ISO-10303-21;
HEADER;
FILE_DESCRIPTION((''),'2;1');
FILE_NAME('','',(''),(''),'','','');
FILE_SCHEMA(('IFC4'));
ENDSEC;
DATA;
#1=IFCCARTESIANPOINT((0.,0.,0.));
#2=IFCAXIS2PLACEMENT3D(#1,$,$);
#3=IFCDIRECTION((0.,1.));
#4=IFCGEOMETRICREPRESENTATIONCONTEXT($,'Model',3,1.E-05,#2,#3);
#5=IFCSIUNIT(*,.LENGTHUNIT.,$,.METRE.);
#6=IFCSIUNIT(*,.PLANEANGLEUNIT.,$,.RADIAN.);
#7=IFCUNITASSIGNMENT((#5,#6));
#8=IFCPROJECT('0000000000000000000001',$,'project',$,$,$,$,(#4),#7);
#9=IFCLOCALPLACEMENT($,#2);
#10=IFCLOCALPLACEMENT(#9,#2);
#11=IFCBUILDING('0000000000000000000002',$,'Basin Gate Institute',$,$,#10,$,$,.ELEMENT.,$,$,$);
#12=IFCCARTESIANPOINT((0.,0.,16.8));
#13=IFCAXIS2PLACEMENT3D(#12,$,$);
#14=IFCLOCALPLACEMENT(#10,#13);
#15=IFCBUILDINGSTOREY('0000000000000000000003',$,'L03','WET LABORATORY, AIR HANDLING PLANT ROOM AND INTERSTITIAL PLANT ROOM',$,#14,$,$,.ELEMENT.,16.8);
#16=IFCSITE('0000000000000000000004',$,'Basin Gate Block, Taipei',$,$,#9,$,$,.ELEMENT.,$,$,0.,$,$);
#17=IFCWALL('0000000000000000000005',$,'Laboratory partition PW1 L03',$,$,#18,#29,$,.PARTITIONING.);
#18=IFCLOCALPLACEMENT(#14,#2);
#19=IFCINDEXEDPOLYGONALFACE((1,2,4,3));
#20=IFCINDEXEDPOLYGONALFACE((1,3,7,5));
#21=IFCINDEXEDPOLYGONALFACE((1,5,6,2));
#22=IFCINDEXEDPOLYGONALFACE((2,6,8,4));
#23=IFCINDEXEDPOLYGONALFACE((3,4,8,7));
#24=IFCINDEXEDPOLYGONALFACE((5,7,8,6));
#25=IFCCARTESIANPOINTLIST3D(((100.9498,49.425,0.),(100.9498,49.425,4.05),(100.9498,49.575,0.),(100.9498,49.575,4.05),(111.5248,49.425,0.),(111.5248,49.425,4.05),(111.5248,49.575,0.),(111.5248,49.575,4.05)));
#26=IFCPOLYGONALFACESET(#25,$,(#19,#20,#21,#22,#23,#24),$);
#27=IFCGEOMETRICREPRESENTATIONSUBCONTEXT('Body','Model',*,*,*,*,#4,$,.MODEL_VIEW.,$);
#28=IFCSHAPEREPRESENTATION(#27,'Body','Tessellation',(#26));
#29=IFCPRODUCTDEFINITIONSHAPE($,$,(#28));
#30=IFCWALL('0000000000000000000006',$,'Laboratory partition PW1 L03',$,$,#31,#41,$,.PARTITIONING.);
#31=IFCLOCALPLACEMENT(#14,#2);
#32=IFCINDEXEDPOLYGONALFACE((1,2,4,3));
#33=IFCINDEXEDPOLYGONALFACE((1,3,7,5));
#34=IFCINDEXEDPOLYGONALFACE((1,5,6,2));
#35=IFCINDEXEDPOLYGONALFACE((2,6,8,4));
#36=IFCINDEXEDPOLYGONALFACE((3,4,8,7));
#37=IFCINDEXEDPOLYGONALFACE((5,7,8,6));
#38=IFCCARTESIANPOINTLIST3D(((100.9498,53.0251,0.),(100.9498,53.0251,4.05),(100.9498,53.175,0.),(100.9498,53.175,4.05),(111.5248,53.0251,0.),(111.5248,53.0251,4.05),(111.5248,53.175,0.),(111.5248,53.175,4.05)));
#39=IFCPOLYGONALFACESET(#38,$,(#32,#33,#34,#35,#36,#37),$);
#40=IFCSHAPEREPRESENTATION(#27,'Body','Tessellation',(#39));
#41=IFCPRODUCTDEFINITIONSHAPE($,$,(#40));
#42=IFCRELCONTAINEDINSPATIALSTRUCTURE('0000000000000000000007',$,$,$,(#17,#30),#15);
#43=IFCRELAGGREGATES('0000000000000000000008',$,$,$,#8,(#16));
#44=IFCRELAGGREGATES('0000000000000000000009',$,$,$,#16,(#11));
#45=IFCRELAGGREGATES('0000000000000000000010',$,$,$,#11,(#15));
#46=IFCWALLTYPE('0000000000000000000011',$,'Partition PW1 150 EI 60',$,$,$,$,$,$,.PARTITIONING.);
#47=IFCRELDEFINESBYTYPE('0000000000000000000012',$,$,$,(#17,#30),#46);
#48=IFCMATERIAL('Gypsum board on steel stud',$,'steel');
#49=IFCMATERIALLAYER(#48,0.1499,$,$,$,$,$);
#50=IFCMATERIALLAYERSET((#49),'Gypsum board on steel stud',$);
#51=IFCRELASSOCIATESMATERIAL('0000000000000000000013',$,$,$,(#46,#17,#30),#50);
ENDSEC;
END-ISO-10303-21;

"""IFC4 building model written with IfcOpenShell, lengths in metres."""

from ifc_helpers import new_model, si_unit, direction, frame, frame_2d, origin, place, context, subcontext, project, spatial, rectangle, extrude, material, layer, layer_set, type_object, element, save


model = new_model("IFC4")

# Units and contexts
model_context = context("Model", 3, precision=1e-05, world=origin(), true_north=direction((0.0, 1.0)))
body_context = subcontext(model_context, "Body", "Model", "MODEL_VIEW")
ifc_project = project(units=[si_unit("LENGTHUNIT", "METRE"), si_unit("PLANEANGLEUNIT", "RADIAN")], contexts=[model_context])

# Site, building, storey
site_placement = place(None, origin())
site = spatial("IfcSite", under=ifc_project, at=site_placement, Name="Basin Gate Block, Taipei", CompositionType="ELEMENT", RefElevation=0.0)
building_placement = place(site_placement, origin())
building = spatial("IfcBuilding", under=site, at=building_placement, Name="Basin Gate Institute", CompositionType="ELEMENT")
storey_placement = place(building_placement, frame((0.0, 0.0, 16.8)))
storey = spatial("IfcBuildingStorey", under=building, at=storey_placement, Name="L03", Description="WET LABORATORY, AIR HANDLING PLANT ROOM AND INTERSTITIAL PLANT ROOM", CompositionType="ELEMENT", Elevation=16.8)

# Shared definitions
ifc_material_1 = material(Name="Gypsum board on steel stud", Category="steel")
ifc_layer_1 = layer(ifc_material_1, 0.1499)
ifc_layer_set_1 = layer_set([ifc_layer_1], Name="Gypsum board on steel stud")
wall_type = type_object("IfcWallType", Name="Partition PW1 150 EI 60", PredefinedType="PARTITIONING", material=ifc_layer_set_1)

# Walls
for number, where, z_axis, x_axis, name in (
    (1, (111.5249, 49.5, 0.0), (0.0, 0.0, 1.0), (-1.0, 0.0, 0.0), "Laboratory partition PW1 L03"),
    (2, (111.5249, 53.1001, 0.0), (0.0, 0.0, 1.0), (-1.0, 0.0, 0.0), "Laboratory partition PW1 L03"),
):
    element("IfcWall", number, at=place(storey_placement, frame(where, z_axis=z_axis, x_axis=x_axis)), inside=storey, type_object=wall_type, material=ifc_layer_set_1, Name=name, PredefinedType="PARTITIONING", context=body_context, shape_type="SweptSolid", body=[
        extrude(rectangle(XDim=10.575, YDim=0.1499, at=frame_2d((5.2876, 0.0))), origin(), (0.0, 0.0, 1.0), 4.05),
    ])

save(model, "model.ifc")
